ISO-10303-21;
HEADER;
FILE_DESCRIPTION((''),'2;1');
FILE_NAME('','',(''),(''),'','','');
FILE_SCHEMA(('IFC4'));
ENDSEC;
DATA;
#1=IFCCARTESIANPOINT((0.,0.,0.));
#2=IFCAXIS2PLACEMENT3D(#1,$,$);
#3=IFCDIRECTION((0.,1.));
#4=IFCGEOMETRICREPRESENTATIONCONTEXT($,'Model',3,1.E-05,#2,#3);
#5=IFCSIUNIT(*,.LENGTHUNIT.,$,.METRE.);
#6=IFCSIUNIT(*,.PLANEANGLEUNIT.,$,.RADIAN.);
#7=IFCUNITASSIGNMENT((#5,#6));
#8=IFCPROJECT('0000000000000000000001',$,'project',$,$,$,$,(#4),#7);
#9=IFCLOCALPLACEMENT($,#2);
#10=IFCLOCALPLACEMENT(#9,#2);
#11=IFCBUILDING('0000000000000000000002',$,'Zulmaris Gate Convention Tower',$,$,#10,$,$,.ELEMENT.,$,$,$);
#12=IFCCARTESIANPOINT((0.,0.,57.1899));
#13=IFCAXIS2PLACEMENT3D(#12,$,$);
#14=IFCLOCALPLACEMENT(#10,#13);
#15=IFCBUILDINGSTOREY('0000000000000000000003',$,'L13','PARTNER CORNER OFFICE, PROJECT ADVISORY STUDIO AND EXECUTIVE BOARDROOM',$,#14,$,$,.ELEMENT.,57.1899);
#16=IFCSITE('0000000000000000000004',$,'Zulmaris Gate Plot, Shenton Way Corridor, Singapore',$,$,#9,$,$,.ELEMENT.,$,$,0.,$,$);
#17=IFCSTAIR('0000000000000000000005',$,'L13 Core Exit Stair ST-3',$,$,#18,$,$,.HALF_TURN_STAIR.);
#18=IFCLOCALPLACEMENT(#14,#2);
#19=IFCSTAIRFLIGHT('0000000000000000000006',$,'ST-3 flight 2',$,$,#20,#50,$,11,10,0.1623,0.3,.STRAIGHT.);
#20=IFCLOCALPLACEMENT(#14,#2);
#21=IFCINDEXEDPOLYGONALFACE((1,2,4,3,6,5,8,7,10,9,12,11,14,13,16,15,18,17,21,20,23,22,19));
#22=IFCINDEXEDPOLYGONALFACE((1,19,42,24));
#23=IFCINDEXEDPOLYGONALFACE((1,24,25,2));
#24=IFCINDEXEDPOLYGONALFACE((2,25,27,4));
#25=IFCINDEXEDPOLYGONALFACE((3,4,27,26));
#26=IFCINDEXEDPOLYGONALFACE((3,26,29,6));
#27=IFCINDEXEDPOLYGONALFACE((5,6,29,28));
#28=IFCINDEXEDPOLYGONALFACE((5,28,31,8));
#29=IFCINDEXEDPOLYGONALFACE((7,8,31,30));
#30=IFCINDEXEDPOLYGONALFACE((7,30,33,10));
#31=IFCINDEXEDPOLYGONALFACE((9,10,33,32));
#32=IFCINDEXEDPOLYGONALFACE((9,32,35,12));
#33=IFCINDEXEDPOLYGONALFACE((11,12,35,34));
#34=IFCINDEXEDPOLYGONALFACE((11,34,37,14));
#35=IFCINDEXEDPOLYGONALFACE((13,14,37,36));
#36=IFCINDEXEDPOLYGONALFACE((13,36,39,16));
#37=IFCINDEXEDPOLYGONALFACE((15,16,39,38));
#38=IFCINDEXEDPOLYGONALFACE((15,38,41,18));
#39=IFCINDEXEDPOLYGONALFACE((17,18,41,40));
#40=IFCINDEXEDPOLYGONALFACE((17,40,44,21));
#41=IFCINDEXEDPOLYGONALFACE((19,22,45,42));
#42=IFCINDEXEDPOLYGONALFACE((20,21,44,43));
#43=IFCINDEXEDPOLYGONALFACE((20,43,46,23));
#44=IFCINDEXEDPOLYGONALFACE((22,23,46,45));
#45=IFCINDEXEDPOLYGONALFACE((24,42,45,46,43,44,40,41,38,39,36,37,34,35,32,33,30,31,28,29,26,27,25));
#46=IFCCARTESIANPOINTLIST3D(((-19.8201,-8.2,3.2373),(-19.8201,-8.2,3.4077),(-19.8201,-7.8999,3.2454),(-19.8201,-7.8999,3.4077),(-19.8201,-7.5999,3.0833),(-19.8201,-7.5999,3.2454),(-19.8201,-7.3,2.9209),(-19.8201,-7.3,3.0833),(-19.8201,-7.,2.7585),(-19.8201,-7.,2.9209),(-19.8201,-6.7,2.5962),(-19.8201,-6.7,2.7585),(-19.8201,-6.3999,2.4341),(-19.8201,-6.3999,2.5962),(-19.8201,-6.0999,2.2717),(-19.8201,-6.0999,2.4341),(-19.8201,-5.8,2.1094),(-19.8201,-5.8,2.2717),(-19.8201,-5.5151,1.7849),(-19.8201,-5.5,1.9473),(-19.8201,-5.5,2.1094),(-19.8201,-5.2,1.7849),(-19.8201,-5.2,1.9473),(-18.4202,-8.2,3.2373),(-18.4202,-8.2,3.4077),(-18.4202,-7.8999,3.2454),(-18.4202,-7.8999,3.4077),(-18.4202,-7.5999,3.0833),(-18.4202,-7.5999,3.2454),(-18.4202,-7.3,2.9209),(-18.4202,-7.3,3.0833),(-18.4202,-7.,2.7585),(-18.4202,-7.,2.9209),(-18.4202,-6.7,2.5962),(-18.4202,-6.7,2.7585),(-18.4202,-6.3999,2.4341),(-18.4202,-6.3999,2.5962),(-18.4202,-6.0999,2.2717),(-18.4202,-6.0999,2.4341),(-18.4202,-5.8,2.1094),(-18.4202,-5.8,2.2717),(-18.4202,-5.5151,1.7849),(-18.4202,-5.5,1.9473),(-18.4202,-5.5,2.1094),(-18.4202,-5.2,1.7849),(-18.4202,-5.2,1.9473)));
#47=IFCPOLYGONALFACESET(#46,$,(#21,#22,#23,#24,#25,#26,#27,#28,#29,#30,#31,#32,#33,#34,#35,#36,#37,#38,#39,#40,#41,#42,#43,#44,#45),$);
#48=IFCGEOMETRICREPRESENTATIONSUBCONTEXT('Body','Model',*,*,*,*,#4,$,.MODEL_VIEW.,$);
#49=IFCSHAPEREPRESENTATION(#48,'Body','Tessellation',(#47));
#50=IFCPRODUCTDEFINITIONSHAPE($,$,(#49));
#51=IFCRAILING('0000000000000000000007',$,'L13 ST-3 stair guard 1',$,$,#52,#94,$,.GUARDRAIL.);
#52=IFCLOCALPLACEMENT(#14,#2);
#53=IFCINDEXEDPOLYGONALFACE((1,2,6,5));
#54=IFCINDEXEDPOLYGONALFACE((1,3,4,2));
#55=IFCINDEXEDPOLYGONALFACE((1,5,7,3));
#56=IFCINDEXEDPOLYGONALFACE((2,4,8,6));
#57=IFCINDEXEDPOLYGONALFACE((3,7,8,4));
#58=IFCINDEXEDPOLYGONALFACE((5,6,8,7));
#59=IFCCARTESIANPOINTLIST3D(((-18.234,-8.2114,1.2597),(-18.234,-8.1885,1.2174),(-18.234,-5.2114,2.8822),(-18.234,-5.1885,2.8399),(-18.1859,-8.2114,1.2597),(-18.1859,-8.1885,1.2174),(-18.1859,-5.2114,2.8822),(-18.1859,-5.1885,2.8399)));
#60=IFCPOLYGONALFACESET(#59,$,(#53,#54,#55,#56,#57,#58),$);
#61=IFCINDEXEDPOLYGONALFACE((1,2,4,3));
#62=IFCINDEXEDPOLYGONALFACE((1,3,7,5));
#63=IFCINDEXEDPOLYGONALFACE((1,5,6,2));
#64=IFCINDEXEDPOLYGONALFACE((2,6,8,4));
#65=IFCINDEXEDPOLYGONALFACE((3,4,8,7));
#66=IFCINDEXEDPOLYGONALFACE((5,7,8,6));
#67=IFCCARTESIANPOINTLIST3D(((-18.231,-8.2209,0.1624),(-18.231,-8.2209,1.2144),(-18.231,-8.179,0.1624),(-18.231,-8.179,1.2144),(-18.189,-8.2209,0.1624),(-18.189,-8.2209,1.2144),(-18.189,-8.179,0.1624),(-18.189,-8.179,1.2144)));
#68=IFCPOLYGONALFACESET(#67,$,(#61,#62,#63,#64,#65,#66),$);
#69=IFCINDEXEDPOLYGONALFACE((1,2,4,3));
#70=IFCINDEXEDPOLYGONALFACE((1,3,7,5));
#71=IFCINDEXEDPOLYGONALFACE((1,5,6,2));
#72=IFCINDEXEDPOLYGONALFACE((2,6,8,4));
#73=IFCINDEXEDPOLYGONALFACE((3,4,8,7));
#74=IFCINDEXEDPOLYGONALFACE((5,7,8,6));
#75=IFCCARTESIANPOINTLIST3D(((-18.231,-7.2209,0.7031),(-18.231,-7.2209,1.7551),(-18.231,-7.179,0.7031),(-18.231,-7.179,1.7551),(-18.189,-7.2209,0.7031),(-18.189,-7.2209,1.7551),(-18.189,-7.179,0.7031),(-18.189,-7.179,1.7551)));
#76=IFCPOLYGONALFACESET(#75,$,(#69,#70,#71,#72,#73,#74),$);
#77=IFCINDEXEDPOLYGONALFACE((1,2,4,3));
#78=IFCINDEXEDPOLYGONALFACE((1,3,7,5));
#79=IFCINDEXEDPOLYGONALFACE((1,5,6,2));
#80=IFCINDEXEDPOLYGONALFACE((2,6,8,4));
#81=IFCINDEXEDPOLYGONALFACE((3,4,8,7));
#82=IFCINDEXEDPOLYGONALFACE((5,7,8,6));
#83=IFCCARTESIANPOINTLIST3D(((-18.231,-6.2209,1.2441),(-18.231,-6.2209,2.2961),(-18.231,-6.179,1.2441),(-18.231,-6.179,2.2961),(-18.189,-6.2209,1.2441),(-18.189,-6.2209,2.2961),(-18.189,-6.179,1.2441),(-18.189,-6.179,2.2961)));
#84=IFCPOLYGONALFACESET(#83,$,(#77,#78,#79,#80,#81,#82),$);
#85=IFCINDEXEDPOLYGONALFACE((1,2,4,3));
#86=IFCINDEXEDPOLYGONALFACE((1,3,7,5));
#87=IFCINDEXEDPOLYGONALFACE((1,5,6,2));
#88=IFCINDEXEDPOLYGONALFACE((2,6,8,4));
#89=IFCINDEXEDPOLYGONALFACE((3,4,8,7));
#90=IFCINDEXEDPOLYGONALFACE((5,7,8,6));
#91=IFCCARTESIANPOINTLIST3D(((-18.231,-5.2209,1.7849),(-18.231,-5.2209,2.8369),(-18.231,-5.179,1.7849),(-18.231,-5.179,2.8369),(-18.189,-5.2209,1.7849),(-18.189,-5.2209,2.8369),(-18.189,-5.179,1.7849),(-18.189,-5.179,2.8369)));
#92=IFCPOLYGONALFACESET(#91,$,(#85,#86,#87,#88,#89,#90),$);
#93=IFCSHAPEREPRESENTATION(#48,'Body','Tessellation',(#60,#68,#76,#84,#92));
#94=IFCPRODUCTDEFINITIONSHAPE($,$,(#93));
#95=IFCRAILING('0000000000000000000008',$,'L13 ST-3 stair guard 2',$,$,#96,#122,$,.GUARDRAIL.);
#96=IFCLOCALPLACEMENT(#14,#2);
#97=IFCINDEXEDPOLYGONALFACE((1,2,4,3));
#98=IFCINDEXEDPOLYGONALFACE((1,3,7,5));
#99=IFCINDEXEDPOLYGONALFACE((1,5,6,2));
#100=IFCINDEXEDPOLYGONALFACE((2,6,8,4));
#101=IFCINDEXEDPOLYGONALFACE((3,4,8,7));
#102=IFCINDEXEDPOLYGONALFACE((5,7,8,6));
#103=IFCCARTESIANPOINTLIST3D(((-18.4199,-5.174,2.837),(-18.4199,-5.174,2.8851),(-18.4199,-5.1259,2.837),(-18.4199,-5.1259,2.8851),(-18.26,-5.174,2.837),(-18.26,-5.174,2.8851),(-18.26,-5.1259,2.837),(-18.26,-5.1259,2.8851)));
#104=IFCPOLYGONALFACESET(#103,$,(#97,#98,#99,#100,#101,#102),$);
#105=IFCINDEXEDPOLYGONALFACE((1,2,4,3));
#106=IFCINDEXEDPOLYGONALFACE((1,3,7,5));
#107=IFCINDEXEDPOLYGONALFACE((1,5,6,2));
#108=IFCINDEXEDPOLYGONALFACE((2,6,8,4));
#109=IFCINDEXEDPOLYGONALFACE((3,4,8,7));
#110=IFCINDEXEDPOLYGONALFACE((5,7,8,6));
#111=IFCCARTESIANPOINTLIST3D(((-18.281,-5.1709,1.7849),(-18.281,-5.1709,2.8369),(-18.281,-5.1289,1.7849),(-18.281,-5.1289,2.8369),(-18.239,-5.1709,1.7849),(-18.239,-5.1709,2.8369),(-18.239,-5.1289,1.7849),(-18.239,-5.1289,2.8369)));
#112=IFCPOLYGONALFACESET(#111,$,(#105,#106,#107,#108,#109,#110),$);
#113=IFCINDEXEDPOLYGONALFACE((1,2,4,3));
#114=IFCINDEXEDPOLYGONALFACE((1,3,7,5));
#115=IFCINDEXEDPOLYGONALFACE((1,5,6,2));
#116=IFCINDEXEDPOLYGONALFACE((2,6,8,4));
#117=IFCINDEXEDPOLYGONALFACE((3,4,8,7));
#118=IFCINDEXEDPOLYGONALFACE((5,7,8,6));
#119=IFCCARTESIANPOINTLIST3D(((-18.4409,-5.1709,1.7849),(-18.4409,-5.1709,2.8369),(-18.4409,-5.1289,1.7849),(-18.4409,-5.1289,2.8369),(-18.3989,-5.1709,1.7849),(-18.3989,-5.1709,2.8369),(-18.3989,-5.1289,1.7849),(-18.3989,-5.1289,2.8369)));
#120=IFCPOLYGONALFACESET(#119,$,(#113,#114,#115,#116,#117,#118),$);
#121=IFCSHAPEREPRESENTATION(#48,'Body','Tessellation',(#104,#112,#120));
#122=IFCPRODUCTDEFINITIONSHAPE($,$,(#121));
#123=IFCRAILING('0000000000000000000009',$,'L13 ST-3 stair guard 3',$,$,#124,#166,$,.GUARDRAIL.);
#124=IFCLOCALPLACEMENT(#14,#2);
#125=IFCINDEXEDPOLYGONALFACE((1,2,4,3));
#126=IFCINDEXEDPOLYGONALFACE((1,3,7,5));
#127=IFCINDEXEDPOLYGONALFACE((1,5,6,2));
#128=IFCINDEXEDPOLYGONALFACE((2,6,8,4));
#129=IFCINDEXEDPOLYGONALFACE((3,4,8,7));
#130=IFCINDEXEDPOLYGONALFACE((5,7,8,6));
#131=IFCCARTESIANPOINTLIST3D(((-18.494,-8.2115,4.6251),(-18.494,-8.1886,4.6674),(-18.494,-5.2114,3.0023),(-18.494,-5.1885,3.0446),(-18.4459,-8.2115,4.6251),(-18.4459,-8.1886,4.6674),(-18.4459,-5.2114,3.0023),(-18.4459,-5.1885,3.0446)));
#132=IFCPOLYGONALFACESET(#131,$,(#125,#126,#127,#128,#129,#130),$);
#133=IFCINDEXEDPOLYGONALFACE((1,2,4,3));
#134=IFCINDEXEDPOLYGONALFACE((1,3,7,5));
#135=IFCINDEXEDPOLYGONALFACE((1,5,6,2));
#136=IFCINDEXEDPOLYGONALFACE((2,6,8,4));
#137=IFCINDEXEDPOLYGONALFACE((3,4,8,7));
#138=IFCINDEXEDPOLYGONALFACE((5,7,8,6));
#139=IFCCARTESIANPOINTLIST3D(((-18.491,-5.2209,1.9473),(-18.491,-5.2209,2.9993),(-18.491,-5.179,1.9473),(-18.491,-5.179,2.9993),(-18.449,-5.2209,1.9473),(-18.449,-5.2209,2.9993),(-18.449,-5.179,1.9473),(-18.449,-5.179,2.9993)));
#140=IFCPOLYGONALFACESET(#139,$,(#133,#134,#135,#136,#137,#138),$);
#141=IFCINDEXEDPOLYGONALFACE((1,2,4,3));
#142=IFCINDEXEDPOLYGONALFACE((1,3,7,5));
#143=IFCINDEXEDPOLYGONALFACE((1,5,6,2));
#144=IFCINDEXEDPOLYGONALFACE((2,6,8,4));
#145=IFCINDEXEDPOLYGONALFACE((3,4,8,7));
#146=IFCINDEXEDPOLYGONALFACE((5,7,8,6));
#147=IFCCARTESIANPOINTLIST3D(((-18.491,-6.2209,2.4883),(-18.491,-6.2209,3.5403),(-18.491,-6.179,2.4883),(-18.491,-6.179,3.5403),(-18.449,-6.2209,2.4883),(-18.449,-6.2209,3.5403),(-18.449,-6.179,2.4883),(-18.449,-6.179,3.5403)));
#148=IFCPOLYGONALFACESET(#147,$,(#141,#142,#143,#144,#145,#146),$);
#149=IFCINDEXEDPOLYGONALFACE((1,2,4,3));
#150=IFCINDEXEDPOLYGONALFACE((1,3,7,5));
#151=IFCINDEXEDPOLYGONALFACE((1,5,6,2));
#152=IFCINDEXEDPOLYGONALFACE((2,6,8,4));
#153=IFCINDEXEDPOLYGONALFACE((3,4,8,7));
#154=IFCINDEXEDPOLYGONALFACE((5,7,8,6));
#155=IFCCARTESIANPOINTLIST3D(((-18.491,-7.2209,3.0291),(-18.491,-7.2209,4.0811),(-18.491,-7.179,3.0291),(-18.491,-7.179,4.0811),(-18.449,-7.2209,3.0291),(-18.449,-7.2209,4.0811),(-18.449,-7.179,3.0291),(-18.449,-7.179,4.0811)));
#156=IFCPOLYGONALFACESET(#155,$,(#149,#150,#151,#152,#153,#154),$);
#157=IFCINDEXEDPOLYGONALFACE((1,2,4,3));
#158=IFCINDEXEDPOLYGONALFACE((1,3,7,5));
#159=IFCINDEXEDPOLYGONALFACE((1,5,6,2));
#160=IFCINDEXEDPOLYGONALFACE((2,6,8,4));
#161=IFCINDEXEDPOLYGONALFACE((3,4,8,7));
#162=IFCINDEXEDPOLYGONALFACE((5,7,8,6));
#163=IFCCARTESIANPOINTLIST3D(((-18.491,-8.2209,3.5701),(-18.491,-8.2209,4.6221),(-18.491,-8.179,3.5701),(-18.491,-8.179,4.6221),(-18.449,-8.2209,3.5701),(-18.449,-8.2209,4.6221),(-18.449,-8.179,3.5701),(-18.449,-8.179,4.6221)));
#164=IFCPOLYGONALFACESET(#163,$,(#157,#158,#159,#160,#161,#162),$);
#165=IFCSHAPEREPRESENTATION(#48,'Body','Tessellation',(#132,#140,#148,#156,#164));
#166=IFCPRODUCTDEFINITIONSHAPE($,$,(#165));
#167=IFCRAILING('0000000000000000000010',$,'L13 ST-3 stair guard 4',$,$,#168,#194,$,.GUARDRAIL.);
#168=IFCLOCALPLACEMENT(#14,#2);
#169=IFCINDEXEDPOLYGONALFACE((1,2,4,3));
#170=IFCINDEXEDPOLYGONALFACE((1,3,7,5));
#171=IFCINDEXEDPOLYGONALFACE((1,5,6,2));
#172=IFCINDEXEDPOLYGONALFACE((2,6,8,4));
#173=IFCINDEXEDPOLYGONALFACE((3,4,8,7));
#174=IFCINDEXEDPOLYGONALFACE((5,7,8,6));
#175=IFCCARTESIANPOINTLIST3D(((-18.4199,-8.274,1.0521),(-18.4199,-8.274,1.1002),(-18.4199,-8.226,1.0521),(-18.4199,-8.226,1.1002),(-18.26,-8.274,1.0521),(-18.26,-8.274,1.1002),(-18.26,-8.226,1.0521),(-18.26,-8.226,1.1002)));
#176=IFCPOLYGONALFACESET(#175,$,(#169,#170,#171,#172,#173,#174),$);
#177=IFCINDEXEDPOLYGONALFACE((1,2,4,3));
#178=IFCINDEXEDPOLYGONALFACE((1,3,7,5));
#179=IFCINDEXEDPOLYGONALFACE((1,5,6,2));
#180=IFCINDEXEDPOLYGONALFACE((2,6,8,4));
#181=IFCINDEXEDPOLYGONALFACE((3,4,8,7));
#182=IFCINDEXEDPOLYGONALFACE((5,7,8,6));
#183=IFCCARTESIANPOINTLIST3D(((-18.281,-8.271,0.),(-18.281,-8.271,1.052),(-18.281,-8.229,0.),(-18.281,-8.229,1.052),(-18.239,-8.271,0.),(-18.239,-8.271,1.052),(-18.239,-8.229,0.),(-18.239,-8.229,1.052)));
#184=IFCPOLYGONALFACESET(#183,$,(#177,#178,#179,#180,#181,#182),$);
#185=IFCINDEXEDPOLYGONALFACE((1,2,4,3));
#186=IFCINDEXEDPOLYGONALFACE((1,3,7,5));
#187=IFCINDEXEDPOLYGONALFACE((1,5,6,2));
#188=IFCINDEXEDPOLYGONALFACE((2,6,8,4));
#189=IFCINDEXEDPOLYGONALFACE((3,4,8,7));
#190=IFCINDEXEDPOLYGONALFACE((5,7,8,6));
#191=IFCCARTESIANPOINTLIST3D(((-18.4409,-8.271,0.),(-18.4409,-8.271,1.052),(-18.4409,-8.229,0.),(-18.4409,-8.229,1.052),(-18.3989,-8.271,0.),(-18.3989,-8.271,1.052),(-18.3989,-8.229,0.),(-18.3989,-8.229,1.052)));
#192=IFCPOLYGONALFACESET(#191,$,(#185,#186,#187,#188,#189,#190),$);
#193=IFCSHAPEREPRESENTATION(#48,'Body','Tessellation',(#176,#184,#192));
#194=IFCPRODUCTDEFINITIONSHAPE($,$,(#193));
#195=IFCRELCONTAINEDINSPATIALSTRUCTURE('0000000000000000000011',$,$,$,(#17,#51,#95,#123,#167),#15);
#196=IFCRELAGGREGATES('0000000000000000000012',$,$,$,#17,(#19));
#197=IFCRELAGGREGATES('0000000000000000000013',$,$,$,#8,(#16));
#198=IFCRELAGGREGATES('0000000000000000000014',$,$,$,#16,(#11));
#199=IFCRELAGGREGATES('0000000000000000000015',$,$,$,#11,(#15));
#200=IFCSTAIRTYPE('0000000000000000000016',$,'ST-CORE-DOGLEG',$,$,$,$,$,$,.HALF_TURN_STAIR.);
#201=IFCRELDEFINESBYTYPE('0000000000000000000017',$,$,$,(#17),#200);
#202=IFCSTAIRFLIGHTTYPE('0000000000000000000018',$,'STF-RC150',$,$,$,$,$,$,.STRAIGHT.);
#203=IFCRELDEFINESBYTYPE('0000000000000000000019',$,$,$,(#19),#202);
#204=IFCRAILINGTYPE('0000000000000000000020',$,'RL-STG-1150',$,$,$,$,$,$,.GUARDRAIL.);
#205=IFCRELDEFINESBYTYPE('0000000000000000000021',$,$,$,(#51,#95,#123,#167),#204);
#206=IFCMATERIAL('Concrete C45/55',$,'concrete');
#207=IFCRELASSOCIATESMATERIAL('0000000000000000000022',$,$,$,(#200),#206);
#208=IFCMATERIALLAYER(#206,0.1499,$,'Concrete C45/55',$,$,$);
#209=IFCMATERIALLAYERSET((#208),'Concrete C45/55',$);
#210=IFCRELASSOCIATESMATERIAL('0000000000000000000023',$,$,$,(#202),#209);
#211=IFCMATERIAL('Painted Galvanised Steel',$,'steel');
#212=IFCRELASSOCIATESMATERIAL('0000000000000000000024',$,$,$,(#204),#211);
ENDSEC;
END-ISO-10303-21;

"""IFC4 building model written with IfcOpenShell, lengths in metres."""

from ifc_helpers import new_model, si_unit, direction, frame, origin, origin_2d, place, context, subcontext, project, spatial, polyline, rectangle, outline, extrude, material, layer, layer_set, type_object, element, aggregate, save


model = new_model("IFC4")

# Units and contexts
model_context = context("Model", 3, precision=1e-05, world=origin(), true_north=direction((0.0, 1.0)))
body_context = subcontext(model_context, "Body", "Model", "MODEL_VIEW")
ifc_project = project(units=[si_unit("LENGTHUNIT", "METRE"), si_unit("PLANEANGLEUNIT", "RADIAN")], contexts=[model_context])

# Site, building, storey
site_placement = place(None, origin())
site = spatial("IfcSite", under=ifc_project, at=site_placement, Name="Zulmaris Gate Plot, Shenton Way Corridor, Singapore", CompositionType="ELEMENT", RefElevation=0.0)
building_placement = place(site_placement, origin())
building = spatial("IfcBuilding", under=site, at=building_placement, Name="Zulmaris Gate Convention Tower", CompositionType="ELEMENT")
storey_placement = place(building_placement, frame((0.0, 0.0, 57.1899)))
storey = spatial("IfcBuildingStorey", under=building, at=storey_placement, Name="L13", Description="PARTNER CORNER OFFICE, PROJECT ADVISORY STUDIO AND EXECUTIVE BOARDROOM", CompositionType="ELEMENT", Elevation=57.1899)

# Stair, stair flight
ifc_material_1 = material(Name="Concrete C45/55", Category="concrete")
stair_type = type_object("IfcStairType", Name="ST-CORE-DOGLEG", PredefinedType="HALF_TURN_STAIR", material=ifc_material_1)
stair_placement = place(storey_placement, origin())
stair = element("IfcStair", 1, at=stair_placement, inside=storey, type_object=stair_type, Name="L13 Core Exit Stair ST-3", PredefinedType="HALF_TURN_STAIR")
ifc_layer_1 = layer(ifc_material_1, 0.1499, Name="Concrete C45/55")
ifc_layer_set_1 = layer_set([ifc_layer_1], Name="Concrete C45/55")
stair_flight_type = type_object("IfcStairFlightType", Name="STF-RC150", PredefinedType="STRAIGHT", material=ifc_layer_set_1)
stair_flight_1_placement = place(storey_placement, frame((-19.1201, -5.2, 1.7849), z_axis=(0.0, 0.0, 1.0), x_axis=(0.0, -1.0, 0.0)))
stair_flight_1 = element("IfcStairFlight", 2, at=stair_flight_1_placement, type_object=stair_flight_type, Name="ST-3 flight 2", NumberOfRisers=11, NumberOfTreads=10, PredefinedType="STRAIGHT", RiserHeight=0.1623, TreadLength=0.3, context=body_context, shape_type="SweptSolid", body=[
    extrude(outline(polyline([(0.0, 0.0), (0.0, 0.1624), (0.3, 0.1624), (0.3, 0.3245), (0.6001, 0.3245), (0.6001, 0.4868), (0.8999, 0.4868), (0.8999, 0.6492), (1.2, 0.6492), (1.2, 0.8113), (1.5, 0.8113), (1.5, 0.9736), (1.8, 0.9736), (1.8, 1.136), (2.1001, 1.136), (2.1001, 1.2983), (2.3999, 1.2983), (2.3999, 1.4604), (2.7, 1.4604), (2.7, 1.6228), (3.0, 1.6228), (3.0, 1.7852), (3.0, 1.4524), (0.3152, 0.0), (0.0, 0.0)])), frame((0.0, 0.7, 0.0), z_axis=(0.0, -1.0, 0.0), x_axis=(1.0, 0.0, 0.0)), (0.0, 0.0, 1.0), 1.3999),
])
aggregate(stair, [stair_flight_1])

# Railings
ifc_material_2 = material(Name="Painted Galvanised Steel", Category="steel")
railing_type_1 = type_object("IfcRailingType", Name="RL-STG-1150", PredefinedType="GUARDRAIL", material=ifc_material_2)
railing_1_placement = place(storey_placement, frame((-18.21, -8.2, 0.1624)))
element("IfcRailing", 3, at=railing_1_placement, inside=storey, type_object=railing_type_1, Name="L13 ST-3 stair guard 1", PredefinedType="GUARDRAIL", context=body_context, shape_type="SweptSolid", body=[
    extrude(rectangle(XDim=0.0481, YDim=0.0481, at=origin_2d()), frame((0.0, 0.0, 1.0762), z_axis=(0.0, 0.879592, 0.47573), x_axis=(-1.0, 0.0, 0.0)), (0.0, 0.0, 1.0), 3.4106),
    extrude(rectangle(XDim=0.042, YDim=0.042, at=origin_2d()), origin(), (0.0, 0.0, 1.0), 1.052),
    extrude(rectangle(XDim=0.042, YDim=0.042, at=origin_2d()), frame((0.0, 1.0, 0.5408)), (0.0, 0.0, 1.0), 1.052),
    extrude(rectangle(XDim=0.042, YDim=0.042, at=origin_2d()), frame((0.0, 2.0, 1.0818)), (0.0, 0.0, 1.0), 1.052),
    extrude(rectangle(XDim=0.042, YDim=0.042, at=origin_2d()), frame((0.0, 3.0, 1.6226)), (0.0, 0.0, 1.0), 1.052),
])
railing_2_placement = place(storey_placement, frame((-18.26, -5.1499, 1.7849)))
element("IfcRailing", 4, at=railing_2_placement, inside=storey, type_object=railing_type_1, Name="L13 ST-3 stair guard 2", PredefinedType="GUARDRAIL", context=body_context, shape_type="SweptSolid", body=[
    extrude(rectangle(XDim=0.0481, YDim=0.0481, at=origin_2d()), frame((0.0, 0.0, 1.0762), z_axis=(-1.0, 0.0, 0.0), x_axis=(0.0, -1.0, 0.0)), (0.0, 0.0, 1.0), 0.1599),
    extrude(rectangle(XDim=0.042, YDim=0.042, at=origin_2d()), origin(), (0.0, 0.0, 1.0), 1.052),
    extrude(rectangle(XDim=0.042, YDim=0.042, at=origin_2d()), frame((-0.1599, 0.0, 0.0)), (0.0, 0.0, 1.0), 1.052),
])
railing_3_placement = place(storey_placement, frame((-18.47, -5.2, 1.9473)))
element("IfcRailing", 5, at=railing_3_placement, inside=storey, type_object=railing_type_1, Name="L13 ST-3 stair guard 3", PredefinedType="GUARDRAIL", context=body_context, shape_type="SweptSolid", body=[
    extrude(rectangle(XDim=0.0481, YDim=0.0481, at=origin_2d()), frame((0.0, 0.0, 1.0762), z_axis=(0.0, -0.879562, 0.475785), x_axis=(1.0, 0.0, 0.0)), (0.0, 0.0, 1.0), 3.4109),
    extrude(rectangle(XDim=0.042, YDim=0.042, at=origin_2d()), origin(), (0.0, 0.0, 1.0), 1.052),
    extrude(rectangle(XDim=0.042, YDim=0.042, at=origin_2d()), frame((0.0, -1.0, 0.541)), (0.0, 0.0, 1.0), 1.052),
    extrude(rectangle(XDim=0.042, YDim=0.042, at=origin_2d()), frame((0.0, -2.0, 1.0818)), (0.0, 0.0, 1.0), 1.052),
    extrude(rectangle(XDim=0.042, YDim=0.042, at=origin_2d()), frame((0.0, -3.0, 1.6228)), (0.0, 0.0, 1.0), 1.052),
])
railing_4_placement = place(storey_placement, frame((-18.26, -8.25, 0.0)))
element("IfcRailing", 6, at=railing_4_placement, inside=storey, type_object=railing_type_1, Name="L13 ST-3 stair guard 4", PredefinedType="GUARDRAIL", context=body_context, shape_type="SweptSolid", body=[
    extrude(rectangle(XDim=0.0481, YDim=0.0481, at=origin_2d()), frame((0.0, 0.0, 1.0762), z_axis=(-1.0, 0.0, 0.0), x_axis=(0.0, -1.0, 0.0)), (0.0, 0.0, 1.0), 0.1599),
    extrude(rectangle(XDim=0.042, YDim=0.042, at=origin_2d()), origin(), (0.0, 0.0, 1.0), 1.052),
    extrude(rectangle(XDim=0.042, YDim=0.042, at=origin_2d()), frame((-0.1599, 0.0, 0.0)), (0.0, 0.0, 1.0), 1.052),
])

save(model, "model.ifc")
